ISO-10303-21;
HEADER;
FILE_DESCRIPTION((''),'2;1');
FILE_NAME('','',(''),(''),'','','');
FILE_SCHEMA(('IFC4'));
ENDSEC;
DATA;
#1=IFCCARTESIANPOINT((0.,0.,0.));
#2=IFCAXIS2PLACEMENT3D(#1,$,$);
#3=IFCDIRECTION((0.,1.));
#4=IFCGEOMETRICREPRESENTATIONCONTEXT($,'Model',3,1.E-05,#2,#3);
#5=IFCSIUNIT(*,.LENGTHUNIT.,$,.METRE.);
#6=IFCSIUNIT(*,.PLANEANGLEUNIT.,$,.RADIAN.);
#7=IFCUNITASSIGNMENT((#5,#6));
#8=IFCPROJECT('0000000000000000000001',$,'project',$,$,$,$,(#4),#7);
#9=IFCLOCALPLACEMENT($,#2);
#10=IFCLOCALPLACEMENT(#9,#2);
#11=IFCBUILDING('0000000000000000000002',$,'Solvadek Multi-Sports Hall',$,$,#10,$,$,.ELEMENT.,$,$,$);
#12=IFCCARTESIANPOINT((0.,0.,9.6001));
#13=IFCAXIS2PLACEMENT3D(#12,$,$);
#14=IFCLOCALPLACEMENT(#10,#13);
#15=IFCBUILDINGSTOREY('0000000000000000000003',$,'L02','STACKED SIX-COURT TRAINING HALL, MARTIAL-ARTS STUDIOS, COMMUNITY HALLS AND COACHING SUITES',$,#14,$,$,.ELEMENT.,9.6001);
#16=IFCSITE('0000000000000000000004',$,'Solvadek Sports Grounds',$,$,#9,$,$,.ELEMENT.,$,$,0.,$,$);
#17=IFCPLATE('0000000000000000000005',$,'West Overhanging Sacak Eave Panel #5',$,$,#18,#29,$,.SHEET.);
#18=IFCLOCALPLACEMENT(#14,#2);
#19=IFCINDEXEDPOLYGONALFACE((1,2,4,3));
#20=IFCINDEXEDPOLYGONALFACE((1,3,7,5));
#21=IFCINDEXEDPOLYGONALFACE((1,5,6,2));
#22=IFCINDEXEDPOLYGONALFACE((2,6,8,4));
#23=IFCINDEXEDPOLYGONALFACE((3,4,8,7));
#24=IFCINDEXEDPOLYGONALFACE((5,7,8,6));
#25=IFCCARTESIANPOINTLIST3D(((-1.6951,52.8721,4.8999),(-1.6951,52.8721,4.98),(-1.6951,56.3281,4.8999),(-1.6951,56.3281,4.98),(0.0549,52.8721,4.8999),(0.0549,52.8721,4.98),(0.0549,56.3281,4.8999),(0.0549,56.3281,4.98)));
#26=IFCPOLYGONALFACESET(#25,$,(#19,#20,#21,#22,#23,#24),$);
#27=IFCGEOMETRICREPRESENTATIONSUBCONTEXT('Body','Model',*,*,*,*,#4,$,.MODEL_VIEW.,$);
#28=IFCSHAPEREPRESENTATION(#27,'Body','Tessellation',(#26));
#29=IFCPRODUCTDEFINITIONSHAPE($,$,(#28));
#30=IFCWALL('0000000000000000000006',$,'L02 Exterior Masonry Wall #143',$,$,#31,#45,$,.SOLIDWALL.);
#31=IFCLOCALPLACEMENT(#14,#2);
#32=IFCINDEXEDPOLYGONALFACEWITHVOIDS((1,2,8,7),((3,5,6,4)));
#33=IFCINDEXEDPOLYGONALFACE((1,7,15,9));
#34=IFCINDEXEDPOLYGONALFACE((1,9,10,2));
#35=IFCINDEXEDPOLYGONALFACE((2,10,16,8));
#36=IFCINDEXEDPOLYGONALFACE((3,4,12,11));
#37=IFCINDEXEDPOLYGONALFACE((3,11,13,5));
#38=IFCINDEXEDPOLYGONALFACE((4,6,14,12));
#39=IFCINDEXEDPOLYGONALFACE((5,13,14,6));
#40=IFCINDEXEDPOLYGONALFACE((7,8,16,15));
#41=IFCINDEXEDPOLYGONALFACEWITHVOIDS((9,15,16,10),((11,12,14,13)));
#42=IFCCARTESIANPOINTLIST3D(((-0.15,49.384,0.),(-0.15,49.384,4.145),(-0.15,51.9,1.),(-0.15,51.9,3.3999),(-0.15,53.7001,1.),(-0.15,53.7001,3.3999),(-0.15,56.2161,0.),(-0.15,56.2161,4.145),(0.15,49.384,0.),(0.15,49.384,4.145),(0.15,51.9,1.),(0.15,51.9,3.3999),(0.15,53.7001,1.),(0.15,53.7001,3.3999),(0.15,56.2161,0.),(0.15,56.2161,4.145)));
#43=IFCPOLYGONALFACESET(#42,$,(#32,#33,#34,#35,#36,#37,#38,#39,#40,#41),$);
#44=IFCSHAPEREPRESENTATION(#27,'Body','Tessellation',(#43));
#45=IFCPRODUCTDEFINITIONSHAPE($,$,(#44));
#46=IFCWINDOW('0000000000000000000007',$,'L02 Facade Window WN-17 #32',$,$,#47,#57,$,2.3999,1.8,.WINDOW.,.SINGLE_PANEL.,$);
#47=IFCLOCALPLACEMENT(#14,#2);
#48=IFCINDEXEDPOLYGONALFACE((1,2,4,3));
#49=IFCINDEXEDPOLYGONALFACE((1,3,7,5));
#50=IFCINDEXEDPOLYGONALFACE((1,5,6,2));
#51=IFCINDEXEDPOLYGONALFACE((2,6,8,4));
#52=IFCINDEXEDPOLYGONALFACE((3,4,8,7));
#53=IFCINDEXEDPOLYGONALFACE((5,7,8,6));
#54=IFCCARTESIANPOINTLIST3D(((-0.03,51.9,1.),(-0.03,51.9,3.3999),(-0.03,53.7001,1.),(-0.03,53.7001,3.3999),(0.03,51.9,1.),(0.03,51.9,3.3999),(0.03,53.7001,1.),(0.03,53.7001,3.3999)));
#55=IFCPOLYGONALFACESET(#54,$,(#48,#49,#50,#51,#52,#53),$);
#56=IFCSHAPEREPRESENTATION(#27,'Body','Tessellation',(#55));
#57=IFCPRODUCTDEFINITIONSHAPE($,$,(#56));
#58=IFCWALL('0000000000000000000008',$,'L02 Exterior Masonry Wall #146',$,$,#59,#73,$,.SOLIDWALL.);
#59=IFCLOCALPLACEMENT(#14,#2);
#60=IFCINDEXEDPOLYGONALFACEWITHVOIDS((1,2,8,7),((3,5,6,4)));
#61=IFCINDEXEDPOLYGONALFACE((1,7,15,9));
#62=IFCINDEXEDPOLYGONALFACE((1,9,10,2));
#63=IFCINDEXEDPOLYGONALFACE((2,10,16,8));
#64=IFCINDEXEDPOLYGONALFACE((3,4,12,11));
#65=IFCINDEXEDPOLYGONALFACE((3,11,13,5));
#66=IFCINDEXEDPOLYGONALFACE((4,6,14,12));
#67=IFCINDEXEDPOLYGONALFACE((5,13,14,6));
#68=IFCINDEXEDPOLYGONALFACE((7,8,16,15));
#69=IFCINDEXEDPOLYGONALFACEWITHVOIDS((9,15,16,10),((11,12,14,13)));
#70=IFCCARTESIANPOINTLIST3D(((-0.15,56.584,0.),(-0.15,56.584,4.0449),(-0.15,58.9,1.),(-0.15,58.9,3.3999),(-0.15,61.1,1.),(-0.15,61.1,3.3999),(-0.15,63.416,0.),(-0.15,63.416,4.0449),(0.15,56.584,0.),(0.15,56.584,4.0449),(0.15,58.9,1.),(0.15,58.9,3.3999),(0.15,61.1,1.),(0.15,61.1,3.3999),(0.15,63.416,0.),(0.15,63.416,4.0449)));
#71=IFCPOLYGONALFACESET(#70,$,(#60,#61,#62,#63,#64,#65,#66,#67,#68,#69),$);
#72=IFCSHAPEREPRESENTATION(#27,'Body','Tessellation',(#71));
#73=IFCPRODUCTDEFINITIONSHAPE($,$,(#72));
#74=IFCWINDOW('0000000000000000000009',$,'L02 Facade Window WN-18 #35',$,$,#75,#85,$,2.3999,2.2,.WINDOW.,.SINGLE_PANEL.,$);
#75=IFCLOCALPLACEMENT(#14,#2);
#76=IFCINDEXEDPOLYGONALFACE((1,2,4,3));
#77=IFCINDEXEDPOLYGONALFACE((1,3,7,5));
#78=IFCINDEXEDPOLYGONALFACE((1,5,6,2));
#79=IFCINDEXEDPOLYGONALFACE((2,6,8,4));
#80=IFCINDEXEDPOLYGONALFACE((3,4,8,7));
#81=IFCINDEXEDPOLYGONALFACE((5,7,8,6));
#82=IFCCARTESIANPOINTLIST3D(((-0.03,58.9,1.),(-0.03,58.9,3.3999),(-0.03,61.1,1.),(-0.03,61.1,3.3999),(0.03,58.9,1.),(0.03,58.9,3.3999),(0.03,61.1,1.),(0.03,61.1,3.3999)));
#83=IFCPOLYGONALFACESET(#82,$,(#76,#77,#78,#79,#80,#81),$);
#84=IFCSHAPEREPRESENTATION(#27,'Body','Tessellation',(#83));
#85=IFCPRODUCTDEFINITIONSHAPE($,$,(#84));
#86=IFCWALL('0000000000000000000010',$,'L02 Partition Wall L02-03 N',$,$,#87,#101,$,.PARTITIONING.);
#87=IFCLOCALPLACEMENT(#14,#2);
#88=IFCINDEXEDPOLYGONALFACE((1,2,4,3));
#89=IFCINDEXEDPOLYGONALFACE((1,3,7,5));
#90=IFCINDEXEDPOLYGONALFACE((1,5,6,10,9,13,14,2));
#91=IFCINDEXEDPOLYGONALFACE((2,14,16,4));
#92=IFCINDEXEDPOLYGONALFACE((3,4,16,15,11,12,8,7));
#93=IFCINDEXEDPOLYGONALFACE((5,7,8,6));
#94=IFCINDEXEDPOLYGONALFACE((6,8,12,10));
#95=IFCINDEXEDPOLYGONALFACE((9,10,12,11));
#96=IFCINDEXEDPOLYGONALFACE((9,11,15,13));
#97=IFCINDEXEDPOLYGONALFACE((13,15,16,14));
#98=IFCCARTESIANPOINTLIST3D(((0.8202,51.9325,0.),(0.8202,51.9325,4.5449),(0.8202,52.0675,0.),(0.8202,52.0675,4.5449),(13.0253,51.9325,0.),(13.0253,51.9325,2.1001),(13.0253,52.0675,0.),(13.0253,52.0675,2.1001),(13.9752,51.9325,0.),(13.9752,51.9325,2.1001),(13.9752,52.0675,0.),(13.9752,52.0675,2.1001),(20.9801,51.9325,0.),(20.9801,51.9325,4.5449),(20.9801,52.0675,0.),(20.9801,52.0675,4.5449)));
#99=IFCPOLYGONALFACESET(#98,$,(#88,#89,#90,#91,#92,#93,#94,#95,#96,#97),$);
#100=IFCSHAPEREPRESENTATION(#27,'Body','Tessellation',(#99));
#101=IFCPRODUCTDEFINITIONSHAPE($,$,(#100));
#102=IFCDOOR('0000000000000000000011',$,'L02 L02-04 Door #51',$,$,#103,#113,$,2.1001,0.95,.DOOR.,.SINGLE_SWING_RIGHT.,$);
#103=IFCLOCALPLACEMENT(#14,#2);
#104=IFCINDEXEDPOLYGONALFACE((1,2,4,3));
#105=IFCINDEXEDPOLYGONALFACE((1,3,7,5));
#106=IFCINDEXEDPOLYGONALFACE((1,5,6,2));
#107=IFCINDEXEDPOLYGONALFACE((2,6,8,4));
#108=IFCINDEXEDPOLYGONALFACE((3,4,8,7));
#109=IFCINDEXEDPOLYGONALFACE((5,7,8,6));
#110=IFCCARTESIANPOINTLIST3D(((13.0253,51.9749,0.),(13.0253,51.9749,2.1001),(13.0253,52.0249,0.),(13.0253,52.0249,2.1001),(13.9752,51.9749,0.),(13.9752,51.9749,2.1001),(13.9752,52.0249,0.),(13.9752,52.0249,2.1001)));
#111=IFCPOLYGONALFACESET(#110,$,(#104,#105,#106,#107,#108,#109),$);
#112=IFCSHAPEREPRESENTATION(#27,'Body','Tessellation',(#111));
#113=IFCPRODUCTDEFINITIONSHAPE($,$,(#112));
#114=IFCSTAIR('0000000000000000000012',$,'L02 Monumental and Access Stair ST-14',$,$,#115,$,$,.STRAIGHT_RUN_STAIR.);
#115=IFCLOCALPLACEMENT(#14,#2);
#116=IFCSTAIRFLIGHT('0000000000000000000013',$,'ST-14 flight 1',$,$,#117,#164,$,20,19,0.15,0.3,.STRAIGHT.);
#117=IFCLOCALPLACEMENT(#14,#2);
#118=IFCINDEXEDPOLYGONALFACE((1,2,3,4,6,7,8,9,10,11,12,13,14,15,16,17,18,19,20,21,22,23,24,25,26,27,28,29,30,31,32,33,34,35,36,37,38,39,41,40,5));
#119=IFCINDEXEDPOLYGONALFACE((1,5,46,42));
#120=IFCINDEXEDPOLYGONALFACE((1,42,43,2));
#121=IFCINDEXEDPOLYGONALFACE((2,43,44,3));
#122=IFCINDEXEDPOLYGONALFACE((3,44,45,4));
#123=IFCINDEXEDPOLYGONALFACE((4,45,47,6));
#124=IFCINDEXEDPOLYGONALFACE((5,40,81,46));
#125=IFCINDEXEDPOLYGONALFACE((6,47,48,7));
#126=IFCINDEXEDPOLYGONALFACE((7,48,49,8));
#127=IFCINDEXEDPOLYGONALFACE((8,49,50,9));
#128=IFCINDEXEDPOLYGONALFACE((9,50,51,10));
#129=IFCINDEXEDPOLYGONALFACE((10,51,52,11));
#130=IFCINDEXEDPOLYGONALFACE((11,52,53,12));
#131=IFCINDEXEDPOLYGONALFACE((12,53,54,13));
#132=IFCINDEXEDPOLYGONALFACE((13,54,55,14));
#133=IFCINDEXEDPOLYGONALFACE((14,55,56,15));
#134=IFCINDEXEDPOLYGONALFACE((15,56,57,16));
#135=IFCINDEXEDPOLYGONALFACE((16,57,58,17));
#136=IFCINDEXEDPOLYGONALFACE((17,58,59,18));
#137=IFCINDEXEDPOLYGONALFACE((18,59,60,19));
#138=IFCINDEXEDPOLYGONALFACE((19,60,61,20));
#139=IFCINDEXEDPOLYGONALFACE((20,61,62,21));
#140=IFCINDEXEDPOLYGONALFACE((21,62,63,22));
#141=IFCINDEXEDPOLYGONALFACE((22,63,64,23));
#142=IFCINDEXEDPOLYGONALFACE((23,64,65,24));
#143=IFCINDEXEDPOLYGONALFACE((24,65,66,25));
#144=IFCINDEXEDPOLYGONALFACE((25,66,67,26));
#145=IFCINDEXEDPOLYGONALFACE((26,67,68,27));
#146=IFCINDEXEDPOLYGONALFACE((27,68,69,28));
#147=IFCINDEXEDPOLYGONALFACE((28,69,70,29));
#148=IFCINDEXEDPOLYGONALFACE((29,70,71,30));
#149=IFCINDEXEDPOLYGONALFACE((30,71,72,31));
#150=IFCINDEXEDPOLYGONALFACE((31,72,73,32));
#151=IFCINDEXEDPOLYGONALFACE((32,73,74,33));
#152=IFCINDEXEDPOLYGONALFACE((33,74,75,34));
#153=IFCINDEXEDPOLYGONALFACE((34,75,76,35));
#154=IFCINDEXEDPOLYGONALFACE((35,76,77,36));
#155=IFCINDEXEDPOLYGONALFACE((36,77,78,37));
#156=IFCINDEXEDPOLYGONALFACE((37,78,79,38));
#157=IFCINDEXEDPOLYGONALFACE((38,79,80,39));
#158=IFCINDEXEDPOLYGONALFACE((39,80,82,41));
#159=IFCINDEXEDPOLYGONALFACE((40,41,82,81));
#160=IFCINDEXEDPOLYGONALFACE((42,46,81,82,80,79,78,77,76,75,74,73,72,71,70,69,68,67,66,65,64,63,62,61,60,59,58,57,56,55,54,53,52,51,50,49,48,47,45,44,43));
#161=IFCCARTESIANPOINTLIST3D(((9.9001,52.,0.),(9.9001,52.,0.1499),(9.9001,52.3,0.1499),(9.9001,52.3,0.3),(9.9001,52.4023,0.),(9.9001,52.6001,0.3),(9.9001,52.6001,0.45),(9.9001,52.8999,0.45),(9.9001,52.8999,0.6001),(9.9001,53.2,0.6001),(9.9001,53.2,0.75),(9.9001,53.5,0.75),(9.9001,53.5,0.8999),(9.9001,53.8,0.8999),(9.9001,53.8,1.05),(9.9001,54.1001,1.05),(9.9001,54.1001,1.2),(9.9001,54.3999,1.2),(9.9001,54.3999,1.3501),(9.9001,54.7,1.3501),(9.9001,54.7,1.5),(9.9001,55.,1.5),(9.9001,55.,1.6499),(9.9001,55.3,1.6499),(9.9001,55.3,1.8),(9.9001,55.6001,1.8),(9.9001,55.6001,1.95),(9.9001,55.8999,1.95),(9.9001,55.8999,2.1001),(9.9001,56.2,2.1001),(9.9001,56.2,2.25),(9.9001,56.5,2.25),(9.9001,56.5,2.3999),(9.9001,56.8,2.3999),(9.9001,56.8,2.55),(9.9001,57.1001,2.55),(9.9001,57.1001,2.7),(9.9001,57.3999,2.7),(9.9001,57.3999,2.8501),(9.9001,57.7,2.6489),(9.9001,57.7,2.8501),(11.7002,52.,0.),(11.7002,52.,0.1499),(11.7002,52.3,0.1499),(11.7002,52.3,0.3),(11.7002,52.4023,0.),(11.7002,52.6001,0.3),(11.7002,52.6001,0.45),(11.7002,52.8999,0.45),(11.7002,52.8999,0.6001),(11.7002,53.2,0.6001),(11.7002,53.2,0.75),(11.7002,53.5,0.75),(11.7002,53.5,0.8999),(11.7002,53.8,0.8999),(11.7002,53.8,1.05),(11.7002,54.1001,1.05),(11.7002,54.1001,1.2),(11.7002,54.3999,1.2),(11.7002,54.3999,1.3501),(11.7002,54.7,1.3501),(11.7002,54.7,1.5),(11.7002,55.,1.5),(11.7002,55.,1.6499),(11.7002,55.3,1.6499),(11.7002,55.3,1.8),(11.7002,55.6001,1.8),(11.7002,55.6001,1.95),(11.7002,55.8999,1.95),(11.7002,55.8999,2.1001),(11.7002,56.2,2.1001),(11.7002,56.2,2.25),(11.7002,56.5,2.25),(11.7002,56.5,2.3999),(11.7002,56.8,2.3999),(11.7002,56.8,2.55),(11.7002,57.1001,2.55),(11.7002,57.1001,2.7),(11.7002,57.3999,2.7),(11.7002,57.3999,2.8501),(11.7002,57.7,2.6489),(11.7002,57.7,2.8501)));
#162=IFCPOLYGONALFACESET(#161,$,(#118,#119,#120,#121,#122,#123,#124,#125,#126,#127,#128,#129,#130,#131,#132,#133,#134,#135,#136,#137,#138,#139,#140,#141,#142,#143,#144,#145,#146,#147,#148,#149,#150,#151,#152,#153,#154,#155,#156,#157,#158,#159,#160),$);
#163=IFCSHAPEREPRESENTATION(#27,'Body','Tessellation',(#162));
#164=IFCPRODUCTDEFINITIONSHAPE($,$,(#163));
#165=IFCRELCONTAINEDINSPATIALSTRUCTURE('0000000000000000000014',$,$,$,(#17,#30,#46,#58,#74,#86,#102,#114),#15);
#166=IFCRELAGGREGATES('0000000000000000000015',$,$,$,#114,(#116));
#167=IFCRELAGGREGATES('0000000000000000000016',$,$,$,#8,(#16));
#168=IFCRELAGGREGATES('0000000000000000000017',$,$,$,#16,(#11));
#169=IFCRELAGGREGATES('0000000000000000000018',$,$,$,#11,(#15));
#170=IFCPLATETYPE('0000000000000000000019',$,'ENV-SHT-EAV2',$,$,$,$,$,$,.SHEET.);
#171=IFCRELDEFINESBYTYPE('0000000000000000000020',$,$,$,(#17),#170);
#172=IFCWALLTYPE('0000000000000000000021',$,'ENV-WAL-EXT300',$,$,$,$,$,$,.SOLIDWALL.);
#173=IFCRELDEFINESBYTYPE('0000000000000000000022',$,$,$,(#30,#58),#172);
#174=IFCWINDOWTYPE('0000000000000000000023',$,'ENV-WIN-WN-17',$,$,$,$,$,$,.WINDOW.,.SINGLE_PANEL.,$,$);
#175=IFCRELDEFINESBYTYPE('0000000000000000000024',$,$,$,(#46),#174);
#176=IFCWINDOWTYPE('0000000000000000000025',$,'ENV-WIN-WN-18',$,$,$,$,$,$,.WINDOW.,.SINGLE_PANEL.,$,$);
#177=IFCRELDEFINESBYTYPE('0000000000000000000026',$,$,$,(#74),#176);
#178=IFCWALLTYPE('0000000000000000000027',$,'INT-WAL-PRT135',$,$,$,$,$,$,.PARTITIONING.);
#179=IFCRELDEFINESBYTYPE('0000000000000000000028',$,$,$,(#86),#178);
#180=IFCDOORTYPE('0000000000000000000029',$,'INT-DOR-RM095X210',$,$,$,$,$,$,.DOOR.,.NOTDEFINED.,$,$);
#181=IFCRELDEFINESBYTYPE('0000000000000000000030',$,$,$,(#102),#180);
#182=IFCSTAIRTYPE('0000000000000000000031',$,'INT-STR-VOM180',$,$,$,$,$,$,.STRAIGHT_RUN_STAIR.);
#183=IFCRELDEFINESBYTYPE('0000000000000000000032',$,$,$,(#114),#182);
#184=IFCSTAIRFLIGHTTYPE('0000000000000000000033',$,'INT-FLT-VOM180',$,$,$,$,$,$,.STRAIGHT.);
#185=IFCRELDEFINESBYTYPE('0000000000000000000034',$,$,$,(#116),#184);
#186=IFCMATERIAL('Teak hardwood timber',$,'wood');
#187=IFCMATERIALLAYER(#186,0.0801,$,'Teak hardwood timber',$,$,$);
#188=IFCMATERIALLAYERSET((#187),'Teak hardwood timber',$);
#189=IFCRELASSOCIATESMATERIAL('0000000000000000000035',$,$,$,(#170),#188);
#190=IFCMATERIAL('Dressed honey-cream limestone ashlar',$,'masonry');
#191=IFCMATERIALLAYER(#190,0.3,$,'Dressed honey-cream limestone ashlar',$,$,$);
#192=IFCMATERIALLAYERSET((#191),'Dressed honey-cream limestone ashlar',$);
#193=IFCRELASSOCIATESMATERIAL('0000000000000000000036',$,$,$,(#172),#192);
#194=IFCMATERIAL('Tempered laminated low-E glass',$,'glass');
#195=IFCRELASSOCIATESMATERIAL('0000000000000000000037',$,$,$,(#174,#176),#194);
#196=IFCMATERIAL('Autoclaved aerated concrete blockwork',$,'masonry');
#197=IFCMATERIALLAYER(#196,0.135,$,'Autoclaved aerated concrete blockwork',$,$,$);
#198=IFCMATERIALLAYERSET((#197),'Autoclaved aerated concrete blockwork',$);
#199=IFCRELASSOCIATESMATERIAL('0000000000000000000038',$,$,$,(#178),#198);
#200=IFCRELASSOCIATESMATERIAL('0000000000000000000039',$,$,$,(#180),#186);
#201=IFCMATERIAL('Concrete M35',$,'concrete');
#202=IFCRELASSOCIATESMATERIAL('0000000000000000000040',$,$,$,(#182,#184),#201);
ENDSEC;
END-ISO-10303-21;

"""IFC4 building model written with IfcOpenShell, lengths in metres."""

from ifc_helpers import new_model, si_unit, direction, frame, frame_2d, origin, origin_2d, place, context, subcontext, project, spatial, polyline, rectangle, outline, extrude, material, layer, layer_set, type_object, element, fill, aggregate, save


model = new_model("IFC4")

# Units and contexts
model_context = context("Model", 3, precision=1e-05, world=origin(), true_north=direction((0.0, 1.0)))
body_context = subcontext(model_context, "Body", "Model", "MODEL_VIEW")
ifc_project = project(units=[si_unit("LENGTHUNIT", "METRE"), si_unit("PLANEANGLEUNIT", "RADIAN")], contexts=[model_context])

# Site, building, storey
site_placement = place(None, origin())
site = spatial("IfcSite", under=ifc_project, at=site_placement, Name="Solvadek Sports Grounds", CompositionType="ELEMENT", RefElevation=0.0)
building_placement = place(site_placement, origin())
building = spatial("IfcBuilding", under=site, at=building_placement, Name="Solvadek Multi-Sports Hall", CompositionType="ELEMENT")
storey_placement = place(building_placement, frame((0.0, 0.0, 9.6001)))
storey = spatial("IfcBuildingStorey", under=building, at=storey_placement, Name="L02", Description="STACKED SIX-COURT TRAINING HALL, MARTIAL-ARTS STUDIOS, COMMUNITY HALLS AND COACHING SUITES", CompositionType="ELEMENT", Elevation=9.6001)

# Plate
ifc_material_1 = material(Name="Teak hardwood timber", Category="wood")
ifc_layer_1 = layer(ifc_material_1, 0.0801, Name="Teak hardwood timber")
ifc_layer_set_1 = layer_set([ifc_layer_1], Name="Teak hardwood timber")
plate_type = type_object("IfcPlateType", Name="ENV-SHT-EAV2", PredefinedType="SHEET", material=ifc_layer_set_1)
for number, where, z_axis, x_axis, name in (
    (1, (-0.8201, 54.6001, 4.8999), (0.0, 0.0, 1.0), (1.0, 0.0, 0.0), "West Overhanging Sacak Eave Panel #5"),
):
    element("IfcPlate", number, at=place(storey_placement, frame(where, z_axis=z_axis, x_axis=x_axis)), inside=storey, type_object=plate_type, Name=name, PredefinedType="SHEET", context=body_context, shape_type="SweptSolid", body=[
        extrude(rectangle(XDim=1.75, YDim=3.4561, at=origin_2d()), origin(), (0.0, 0.0, 1.0), 0.0801),
    ])

# Walls, openings, windows
ifc_material_2 = material(Name="Dressed honey-cream limestone ashlar", Category="masonry")
ifc_layer_2 = layer(ifc_material_2, 0.3, Name="Dressed honey-cream limestone ashlar")
ifc_layer_set_2 = layer_set([ifc_layer_2], Name="Dressed honey-cream limestone ashlar")
wall_type_1 = type_object("IfcWallType", Name="ENV-WAL-EXT300", PredefinedType="SOLIDWALL", material=ifc_layer_set_2)
wall_1_placement = place(storey_placement, frame((0.0, 49.384, 0.0), z_axis=(0.0, 0.0, 1.0), x_axis=(0.0, 1.0, 0.0)))
wall_1 = element("IfcWall", 2, at=wall_1_placement, inside=storey, type_object=wall_type_1, Name="L02 Exterior Masonry Wall #143", PredefinedType="SOLIDWALL", context=body_context, shape_type="SweptSolid", body=[
    extrude(rectangle(XDim=6.832, YDim=0.3, at=frame_2d((3.416, 0.0))), origin(), (0.0, 0.0, 1.0), 4.145),
])
opening_1_placement = place(wall_1_placement, frame((2.5161, 0.0, 1.0)))
opening_1 = element("IfcOpeningElement", 3, at=opening_1_placement, cuts=wall_1, PredefinedType="OPENING", context=body_context, shape_type="SweptSolid", body=[
    extrude(rectangle(XDim=1.8, YDim=2.3999, at=frame_2d((0.8999, 1.2))), frame((0.0, 0.1599, 0.0), z_axis=(0.0, -1.0, 0.0), x_axis=(1.0, 0.0, 0.0)), (0.0, 0.0, 1.0), 0.3201),
])
ifc_material_3 = material(Name="Tempered laminated low-E glass", Category="glass")
window_type_1 = type_object("IfcWindowType", Name="ENV-WIN-WN-17", PartitioningType="SINGLE_PANEL", PredefinedType="WINDOW", material=ifc_material_3)
window_1_placement = place(opening_1_placement, origin())
window_1 = element("IfcWindow", 4, at=window_1_placement, inside=storey, type_object=window_type_1, Name="L02 Facade Window WN-17 #32", OverallHeight=2.3999, OverallWidth=1.8, PartitioningType="SINGLE_PANEL", PredefinedType="WINDOW", context=body_context, shape_type="SweptSolid", body=[
    extrude(rectangle(XDim=1.8, YDim=2.3999, at=frame_2d((0.8999, 1.2))), frame((0.0, 0.03, 0.0), z_axis=(0.0, -1.0, 0.0), x_axis=(1.0, 0.0, 0.0)), (0.0, 0.0, 1.0), 0.0601),
])
fill(opening_1, window_1)
wall_2_placement = place(storey_placement, frame((0.0, 56.584, 0.0), z_axis=(0.0, 0.0, 1.0), x_axis=(0.0, 1.0, 0.0)))
wall_2 = element("IfcWall", 5, at=wall_2_placement, inside=storey, type_object=wall_type_1, Name="L02 Exterior Masonry Wall #146", PredefinedType="SOLIDWALL", context=body_context, shape_type="SweptSolid", body=[
    extrude(rectangle(XDim=6.832, YDim=0.3, at=frame_2d((3.416, 0.0))), origin(), (0.0, 0.0, 1.0), 4.0449),
])
opening_2_placement = place(wall_2_placement, frame((2.3159, 0.0, 1.0)))
opening_2 = element("IfcOpeningElement", 6, at=opening_2_placement, cuts=wall_2, PredefinedType="OPENING", context=body_context, shape_type="SweptSolid", body=[
    extrude(rectangle(XDim=2.2, YDim=2.3999, at=frame_2d((1.1001, 1.2))), frame((0.0, 0.1599, 0.0), z_axis=(0.0, -1.0, 0.0), x_axis=(1.0, 0.0, 0.0)), (0.0, 0.0, 1.0), 0.3201),
])
window_type_2 = type_object("IfcWindowType", Name="ENV-WIN-WN-18", PartitioningType="SINGLE_PANEL", PredefinedType="WINDOW", material=ifc_material_3)
window_2_placement = place(opening_2_placement, origin())
window_2 = element("IfcWindow", 7, at=window_2_placement, inside=storey, type_object=window_type_2, Name="L02 Facade Window WN-18 #35", OverallHeight=2.3999, OverallWidth=2.2, PartitioningType="SINGLE_PANEL", PredefinedType="WINDOW", context=body_context, shape_type="SweptSolid", body=[
    extrude(rectangle(XDim=2.2, YDim=2.3999, at=frame_2d((1.1001, 1.2))), frame((0.0, 0.03, 0.0), z_axis=(0.0, -1.0, 0.0), x_axis=(1.0, 0.0, 0.0)), (0.0, 0.0, 1.0), 0.0601),
])
fill(opening_2, window_2)

# Wall, opening, door
ifc_material_4 = material(Name="Autoclaved aerated concrete blockwork", Category="masonry")
ifc_layer_3 = layer(ifc_material_4, 0.135, Name="Autoclaved aerated concrete blockwork")
ifc_layer_set_3 = layer_set([ifc_layer_3], Name="Autoclaved aerated concrete blockwork")
wall_type_2 = type_object("IfcWallType", Name="INT-WAL-PRT135", PredefinedType="PARTITIONING", material=ifc_layer_set_3)
wall_3_placement = place(storey_placement, frame((0.8201, 52.0, 0.0), z_axis=(0.0, 0.0, 1.0), x_axis=(1.0, 0.0, 0.0)))
wall_3 = element("IfcWall", 8, at=wall_3_placement, inside=storey, type_object=wall_type_2, Name="L02 Partition Wall L02-03 N", PredefinedType="PARTITIONING", context=body_context, shape_type="SweptSolid", body=[
    extrude(rectangle(XDim=20.1599, YDim=0.135, at=frame_2d((10.0801, 0.0))), origin(), (0.0, 0.0, 1.0), 4.5449),
])
opening_3_placement = place(wall_3_placement, frame((12.2051, 0.0, 0.0)))
opening_3 = element("IfcOpeningElement", 9, at=opening_3_placement, cuts=wall_3, PredefinedType="OPENING", context=body_context, shape_type="SweptSolid", body=[
    extrude(rectangle(XDim=0.95, YDim=2.1001, at=frame_2d((0.4751, 1.05))), frame((0.0, 0.0774, 0.0), z_axis=(0.0, -1.0, 0.0), x_axis=(1.0, 0.0, 0.0)), (0.0, 0.0, 1.0), 0.155),
])
door_type = type_object("IfcDoorType", Name="INT-DOR-RM095X210", OperationType="NOTDEFINED", PredefinedType="DOOR", material=ifc_material_1)
door_placement = place(opening_3_placement, origin())
door = element("IfcDoor", 10, at=door_placement, inside=storey, type_object=door_type, Name="L02 L02-04 Door #51", OperationType="SINGLE_SWING_RIGHT", OverallHeight=2.1001, OverallWidth=0.95, PredefinedType="DOOR", context=body_context, shape_type="SweptSolid", body=[
    extrude(rectangle(XDim=0.95, YDim=2.1001, at=frame_2d((0.4751, 1.05))), frame((0.0, 0.0249, 0.0), z_axis=(0.0, -1.0, 0.0), x_axis=(1.0, 0.0, 0.0)), (0.0, 0.0, 1.0), 0.05),
])
fill(opening_3, door)

# Stair, stair flight
ifc_material_5 = material(Name="Concrete M35", Category="concrete")
stair_type = type_object("IfcStairType", Name="INT-STR-VOM180", PredefinedType="STRAIGHT_RUN_STAIR", material=ifc_material_5)
stair_placement = place(storey_placement, origin())
stair = element("IfcStair", 11, at=stair_placement, inside=storey, type_object=stair_type, Name="L02 Monumental and Access Stair ST-14", PredefinedType="STRAIGHT_RUN_STAIR")
stair_flight_type = type_object("IfcStairFlightType", Name="INT-FLT-VOM180", PredefinedType="STRAIGHT", material=ifc_material_5)
stair_flight_placement = place(storey_placement, frame((10.8, 52.0, 0.0), z_axis=(0.0, 0.0, 1.0), x_axis=(0.0, 1.0, 0.0)))
stair_flight = element("IfcStairFlight", 12, at=stair_flight_placement, type_object=stair_flight_type, Name="ST-14 flight 1", NumberOfRisers=20, NumberOfTreads=19, PredefinedType="STRAIGHT", RiserHeight=0.15, TreadLength=0.3, context=body_context, shape_type="SweptSolid", body=[
    extrude(outline(polyline([(0.0, 0.0), (0.0, 0.1499), (0.3, 0.1499), (0.3, 0.3), (0.6001, 0.3), (0.6001, 0.45), (0.8999, 0.45), (0.8999, 0.6001), (1.2, 0.6001), (1.2, 0.75), (1.5, 0.75), (1.5, 0.8999), (1.8, 0.8999), (1.8, 1.05), (2.1001, 1.05), (2.1001, 1.2), (2.3999, 1.2), (2.3999, 1.3501), (2.7, 1.3501), (2.7, 1.5), (3.0, 1.5), (3.0, 1.6499), (3.3, 1.6499), (3.3, 1.8), (3.6001, 1.8), (3.6001, 1.95), (3.8999, 1.95), (3.8999, 2.1001), (4.2, 2.1001), (4.2, 2.25), (4.5, 2.25), (4.5, 2.3999), (4.8, 2.3999), (4.8, 2.55), (5.1001, 2.55), (5.1001, 2.7), (5.3999, 2.7), (5.3999, 2.8501), (5.7, 2.8501), (5.7, 3.0), (5.7, 2.6489), (0.4023, 0.0), (0.0, 0.0)])), frame((0.0, 0.8999, 0.0), z_axis=(0.0, -1.0, 0.0), x_axis=(1.0, 0.0, 0.0)), (0.0, 0.0, 1.0), 1.8),
])
aggregate(stair, [stair_flight])

save(model, "model.ifc")
